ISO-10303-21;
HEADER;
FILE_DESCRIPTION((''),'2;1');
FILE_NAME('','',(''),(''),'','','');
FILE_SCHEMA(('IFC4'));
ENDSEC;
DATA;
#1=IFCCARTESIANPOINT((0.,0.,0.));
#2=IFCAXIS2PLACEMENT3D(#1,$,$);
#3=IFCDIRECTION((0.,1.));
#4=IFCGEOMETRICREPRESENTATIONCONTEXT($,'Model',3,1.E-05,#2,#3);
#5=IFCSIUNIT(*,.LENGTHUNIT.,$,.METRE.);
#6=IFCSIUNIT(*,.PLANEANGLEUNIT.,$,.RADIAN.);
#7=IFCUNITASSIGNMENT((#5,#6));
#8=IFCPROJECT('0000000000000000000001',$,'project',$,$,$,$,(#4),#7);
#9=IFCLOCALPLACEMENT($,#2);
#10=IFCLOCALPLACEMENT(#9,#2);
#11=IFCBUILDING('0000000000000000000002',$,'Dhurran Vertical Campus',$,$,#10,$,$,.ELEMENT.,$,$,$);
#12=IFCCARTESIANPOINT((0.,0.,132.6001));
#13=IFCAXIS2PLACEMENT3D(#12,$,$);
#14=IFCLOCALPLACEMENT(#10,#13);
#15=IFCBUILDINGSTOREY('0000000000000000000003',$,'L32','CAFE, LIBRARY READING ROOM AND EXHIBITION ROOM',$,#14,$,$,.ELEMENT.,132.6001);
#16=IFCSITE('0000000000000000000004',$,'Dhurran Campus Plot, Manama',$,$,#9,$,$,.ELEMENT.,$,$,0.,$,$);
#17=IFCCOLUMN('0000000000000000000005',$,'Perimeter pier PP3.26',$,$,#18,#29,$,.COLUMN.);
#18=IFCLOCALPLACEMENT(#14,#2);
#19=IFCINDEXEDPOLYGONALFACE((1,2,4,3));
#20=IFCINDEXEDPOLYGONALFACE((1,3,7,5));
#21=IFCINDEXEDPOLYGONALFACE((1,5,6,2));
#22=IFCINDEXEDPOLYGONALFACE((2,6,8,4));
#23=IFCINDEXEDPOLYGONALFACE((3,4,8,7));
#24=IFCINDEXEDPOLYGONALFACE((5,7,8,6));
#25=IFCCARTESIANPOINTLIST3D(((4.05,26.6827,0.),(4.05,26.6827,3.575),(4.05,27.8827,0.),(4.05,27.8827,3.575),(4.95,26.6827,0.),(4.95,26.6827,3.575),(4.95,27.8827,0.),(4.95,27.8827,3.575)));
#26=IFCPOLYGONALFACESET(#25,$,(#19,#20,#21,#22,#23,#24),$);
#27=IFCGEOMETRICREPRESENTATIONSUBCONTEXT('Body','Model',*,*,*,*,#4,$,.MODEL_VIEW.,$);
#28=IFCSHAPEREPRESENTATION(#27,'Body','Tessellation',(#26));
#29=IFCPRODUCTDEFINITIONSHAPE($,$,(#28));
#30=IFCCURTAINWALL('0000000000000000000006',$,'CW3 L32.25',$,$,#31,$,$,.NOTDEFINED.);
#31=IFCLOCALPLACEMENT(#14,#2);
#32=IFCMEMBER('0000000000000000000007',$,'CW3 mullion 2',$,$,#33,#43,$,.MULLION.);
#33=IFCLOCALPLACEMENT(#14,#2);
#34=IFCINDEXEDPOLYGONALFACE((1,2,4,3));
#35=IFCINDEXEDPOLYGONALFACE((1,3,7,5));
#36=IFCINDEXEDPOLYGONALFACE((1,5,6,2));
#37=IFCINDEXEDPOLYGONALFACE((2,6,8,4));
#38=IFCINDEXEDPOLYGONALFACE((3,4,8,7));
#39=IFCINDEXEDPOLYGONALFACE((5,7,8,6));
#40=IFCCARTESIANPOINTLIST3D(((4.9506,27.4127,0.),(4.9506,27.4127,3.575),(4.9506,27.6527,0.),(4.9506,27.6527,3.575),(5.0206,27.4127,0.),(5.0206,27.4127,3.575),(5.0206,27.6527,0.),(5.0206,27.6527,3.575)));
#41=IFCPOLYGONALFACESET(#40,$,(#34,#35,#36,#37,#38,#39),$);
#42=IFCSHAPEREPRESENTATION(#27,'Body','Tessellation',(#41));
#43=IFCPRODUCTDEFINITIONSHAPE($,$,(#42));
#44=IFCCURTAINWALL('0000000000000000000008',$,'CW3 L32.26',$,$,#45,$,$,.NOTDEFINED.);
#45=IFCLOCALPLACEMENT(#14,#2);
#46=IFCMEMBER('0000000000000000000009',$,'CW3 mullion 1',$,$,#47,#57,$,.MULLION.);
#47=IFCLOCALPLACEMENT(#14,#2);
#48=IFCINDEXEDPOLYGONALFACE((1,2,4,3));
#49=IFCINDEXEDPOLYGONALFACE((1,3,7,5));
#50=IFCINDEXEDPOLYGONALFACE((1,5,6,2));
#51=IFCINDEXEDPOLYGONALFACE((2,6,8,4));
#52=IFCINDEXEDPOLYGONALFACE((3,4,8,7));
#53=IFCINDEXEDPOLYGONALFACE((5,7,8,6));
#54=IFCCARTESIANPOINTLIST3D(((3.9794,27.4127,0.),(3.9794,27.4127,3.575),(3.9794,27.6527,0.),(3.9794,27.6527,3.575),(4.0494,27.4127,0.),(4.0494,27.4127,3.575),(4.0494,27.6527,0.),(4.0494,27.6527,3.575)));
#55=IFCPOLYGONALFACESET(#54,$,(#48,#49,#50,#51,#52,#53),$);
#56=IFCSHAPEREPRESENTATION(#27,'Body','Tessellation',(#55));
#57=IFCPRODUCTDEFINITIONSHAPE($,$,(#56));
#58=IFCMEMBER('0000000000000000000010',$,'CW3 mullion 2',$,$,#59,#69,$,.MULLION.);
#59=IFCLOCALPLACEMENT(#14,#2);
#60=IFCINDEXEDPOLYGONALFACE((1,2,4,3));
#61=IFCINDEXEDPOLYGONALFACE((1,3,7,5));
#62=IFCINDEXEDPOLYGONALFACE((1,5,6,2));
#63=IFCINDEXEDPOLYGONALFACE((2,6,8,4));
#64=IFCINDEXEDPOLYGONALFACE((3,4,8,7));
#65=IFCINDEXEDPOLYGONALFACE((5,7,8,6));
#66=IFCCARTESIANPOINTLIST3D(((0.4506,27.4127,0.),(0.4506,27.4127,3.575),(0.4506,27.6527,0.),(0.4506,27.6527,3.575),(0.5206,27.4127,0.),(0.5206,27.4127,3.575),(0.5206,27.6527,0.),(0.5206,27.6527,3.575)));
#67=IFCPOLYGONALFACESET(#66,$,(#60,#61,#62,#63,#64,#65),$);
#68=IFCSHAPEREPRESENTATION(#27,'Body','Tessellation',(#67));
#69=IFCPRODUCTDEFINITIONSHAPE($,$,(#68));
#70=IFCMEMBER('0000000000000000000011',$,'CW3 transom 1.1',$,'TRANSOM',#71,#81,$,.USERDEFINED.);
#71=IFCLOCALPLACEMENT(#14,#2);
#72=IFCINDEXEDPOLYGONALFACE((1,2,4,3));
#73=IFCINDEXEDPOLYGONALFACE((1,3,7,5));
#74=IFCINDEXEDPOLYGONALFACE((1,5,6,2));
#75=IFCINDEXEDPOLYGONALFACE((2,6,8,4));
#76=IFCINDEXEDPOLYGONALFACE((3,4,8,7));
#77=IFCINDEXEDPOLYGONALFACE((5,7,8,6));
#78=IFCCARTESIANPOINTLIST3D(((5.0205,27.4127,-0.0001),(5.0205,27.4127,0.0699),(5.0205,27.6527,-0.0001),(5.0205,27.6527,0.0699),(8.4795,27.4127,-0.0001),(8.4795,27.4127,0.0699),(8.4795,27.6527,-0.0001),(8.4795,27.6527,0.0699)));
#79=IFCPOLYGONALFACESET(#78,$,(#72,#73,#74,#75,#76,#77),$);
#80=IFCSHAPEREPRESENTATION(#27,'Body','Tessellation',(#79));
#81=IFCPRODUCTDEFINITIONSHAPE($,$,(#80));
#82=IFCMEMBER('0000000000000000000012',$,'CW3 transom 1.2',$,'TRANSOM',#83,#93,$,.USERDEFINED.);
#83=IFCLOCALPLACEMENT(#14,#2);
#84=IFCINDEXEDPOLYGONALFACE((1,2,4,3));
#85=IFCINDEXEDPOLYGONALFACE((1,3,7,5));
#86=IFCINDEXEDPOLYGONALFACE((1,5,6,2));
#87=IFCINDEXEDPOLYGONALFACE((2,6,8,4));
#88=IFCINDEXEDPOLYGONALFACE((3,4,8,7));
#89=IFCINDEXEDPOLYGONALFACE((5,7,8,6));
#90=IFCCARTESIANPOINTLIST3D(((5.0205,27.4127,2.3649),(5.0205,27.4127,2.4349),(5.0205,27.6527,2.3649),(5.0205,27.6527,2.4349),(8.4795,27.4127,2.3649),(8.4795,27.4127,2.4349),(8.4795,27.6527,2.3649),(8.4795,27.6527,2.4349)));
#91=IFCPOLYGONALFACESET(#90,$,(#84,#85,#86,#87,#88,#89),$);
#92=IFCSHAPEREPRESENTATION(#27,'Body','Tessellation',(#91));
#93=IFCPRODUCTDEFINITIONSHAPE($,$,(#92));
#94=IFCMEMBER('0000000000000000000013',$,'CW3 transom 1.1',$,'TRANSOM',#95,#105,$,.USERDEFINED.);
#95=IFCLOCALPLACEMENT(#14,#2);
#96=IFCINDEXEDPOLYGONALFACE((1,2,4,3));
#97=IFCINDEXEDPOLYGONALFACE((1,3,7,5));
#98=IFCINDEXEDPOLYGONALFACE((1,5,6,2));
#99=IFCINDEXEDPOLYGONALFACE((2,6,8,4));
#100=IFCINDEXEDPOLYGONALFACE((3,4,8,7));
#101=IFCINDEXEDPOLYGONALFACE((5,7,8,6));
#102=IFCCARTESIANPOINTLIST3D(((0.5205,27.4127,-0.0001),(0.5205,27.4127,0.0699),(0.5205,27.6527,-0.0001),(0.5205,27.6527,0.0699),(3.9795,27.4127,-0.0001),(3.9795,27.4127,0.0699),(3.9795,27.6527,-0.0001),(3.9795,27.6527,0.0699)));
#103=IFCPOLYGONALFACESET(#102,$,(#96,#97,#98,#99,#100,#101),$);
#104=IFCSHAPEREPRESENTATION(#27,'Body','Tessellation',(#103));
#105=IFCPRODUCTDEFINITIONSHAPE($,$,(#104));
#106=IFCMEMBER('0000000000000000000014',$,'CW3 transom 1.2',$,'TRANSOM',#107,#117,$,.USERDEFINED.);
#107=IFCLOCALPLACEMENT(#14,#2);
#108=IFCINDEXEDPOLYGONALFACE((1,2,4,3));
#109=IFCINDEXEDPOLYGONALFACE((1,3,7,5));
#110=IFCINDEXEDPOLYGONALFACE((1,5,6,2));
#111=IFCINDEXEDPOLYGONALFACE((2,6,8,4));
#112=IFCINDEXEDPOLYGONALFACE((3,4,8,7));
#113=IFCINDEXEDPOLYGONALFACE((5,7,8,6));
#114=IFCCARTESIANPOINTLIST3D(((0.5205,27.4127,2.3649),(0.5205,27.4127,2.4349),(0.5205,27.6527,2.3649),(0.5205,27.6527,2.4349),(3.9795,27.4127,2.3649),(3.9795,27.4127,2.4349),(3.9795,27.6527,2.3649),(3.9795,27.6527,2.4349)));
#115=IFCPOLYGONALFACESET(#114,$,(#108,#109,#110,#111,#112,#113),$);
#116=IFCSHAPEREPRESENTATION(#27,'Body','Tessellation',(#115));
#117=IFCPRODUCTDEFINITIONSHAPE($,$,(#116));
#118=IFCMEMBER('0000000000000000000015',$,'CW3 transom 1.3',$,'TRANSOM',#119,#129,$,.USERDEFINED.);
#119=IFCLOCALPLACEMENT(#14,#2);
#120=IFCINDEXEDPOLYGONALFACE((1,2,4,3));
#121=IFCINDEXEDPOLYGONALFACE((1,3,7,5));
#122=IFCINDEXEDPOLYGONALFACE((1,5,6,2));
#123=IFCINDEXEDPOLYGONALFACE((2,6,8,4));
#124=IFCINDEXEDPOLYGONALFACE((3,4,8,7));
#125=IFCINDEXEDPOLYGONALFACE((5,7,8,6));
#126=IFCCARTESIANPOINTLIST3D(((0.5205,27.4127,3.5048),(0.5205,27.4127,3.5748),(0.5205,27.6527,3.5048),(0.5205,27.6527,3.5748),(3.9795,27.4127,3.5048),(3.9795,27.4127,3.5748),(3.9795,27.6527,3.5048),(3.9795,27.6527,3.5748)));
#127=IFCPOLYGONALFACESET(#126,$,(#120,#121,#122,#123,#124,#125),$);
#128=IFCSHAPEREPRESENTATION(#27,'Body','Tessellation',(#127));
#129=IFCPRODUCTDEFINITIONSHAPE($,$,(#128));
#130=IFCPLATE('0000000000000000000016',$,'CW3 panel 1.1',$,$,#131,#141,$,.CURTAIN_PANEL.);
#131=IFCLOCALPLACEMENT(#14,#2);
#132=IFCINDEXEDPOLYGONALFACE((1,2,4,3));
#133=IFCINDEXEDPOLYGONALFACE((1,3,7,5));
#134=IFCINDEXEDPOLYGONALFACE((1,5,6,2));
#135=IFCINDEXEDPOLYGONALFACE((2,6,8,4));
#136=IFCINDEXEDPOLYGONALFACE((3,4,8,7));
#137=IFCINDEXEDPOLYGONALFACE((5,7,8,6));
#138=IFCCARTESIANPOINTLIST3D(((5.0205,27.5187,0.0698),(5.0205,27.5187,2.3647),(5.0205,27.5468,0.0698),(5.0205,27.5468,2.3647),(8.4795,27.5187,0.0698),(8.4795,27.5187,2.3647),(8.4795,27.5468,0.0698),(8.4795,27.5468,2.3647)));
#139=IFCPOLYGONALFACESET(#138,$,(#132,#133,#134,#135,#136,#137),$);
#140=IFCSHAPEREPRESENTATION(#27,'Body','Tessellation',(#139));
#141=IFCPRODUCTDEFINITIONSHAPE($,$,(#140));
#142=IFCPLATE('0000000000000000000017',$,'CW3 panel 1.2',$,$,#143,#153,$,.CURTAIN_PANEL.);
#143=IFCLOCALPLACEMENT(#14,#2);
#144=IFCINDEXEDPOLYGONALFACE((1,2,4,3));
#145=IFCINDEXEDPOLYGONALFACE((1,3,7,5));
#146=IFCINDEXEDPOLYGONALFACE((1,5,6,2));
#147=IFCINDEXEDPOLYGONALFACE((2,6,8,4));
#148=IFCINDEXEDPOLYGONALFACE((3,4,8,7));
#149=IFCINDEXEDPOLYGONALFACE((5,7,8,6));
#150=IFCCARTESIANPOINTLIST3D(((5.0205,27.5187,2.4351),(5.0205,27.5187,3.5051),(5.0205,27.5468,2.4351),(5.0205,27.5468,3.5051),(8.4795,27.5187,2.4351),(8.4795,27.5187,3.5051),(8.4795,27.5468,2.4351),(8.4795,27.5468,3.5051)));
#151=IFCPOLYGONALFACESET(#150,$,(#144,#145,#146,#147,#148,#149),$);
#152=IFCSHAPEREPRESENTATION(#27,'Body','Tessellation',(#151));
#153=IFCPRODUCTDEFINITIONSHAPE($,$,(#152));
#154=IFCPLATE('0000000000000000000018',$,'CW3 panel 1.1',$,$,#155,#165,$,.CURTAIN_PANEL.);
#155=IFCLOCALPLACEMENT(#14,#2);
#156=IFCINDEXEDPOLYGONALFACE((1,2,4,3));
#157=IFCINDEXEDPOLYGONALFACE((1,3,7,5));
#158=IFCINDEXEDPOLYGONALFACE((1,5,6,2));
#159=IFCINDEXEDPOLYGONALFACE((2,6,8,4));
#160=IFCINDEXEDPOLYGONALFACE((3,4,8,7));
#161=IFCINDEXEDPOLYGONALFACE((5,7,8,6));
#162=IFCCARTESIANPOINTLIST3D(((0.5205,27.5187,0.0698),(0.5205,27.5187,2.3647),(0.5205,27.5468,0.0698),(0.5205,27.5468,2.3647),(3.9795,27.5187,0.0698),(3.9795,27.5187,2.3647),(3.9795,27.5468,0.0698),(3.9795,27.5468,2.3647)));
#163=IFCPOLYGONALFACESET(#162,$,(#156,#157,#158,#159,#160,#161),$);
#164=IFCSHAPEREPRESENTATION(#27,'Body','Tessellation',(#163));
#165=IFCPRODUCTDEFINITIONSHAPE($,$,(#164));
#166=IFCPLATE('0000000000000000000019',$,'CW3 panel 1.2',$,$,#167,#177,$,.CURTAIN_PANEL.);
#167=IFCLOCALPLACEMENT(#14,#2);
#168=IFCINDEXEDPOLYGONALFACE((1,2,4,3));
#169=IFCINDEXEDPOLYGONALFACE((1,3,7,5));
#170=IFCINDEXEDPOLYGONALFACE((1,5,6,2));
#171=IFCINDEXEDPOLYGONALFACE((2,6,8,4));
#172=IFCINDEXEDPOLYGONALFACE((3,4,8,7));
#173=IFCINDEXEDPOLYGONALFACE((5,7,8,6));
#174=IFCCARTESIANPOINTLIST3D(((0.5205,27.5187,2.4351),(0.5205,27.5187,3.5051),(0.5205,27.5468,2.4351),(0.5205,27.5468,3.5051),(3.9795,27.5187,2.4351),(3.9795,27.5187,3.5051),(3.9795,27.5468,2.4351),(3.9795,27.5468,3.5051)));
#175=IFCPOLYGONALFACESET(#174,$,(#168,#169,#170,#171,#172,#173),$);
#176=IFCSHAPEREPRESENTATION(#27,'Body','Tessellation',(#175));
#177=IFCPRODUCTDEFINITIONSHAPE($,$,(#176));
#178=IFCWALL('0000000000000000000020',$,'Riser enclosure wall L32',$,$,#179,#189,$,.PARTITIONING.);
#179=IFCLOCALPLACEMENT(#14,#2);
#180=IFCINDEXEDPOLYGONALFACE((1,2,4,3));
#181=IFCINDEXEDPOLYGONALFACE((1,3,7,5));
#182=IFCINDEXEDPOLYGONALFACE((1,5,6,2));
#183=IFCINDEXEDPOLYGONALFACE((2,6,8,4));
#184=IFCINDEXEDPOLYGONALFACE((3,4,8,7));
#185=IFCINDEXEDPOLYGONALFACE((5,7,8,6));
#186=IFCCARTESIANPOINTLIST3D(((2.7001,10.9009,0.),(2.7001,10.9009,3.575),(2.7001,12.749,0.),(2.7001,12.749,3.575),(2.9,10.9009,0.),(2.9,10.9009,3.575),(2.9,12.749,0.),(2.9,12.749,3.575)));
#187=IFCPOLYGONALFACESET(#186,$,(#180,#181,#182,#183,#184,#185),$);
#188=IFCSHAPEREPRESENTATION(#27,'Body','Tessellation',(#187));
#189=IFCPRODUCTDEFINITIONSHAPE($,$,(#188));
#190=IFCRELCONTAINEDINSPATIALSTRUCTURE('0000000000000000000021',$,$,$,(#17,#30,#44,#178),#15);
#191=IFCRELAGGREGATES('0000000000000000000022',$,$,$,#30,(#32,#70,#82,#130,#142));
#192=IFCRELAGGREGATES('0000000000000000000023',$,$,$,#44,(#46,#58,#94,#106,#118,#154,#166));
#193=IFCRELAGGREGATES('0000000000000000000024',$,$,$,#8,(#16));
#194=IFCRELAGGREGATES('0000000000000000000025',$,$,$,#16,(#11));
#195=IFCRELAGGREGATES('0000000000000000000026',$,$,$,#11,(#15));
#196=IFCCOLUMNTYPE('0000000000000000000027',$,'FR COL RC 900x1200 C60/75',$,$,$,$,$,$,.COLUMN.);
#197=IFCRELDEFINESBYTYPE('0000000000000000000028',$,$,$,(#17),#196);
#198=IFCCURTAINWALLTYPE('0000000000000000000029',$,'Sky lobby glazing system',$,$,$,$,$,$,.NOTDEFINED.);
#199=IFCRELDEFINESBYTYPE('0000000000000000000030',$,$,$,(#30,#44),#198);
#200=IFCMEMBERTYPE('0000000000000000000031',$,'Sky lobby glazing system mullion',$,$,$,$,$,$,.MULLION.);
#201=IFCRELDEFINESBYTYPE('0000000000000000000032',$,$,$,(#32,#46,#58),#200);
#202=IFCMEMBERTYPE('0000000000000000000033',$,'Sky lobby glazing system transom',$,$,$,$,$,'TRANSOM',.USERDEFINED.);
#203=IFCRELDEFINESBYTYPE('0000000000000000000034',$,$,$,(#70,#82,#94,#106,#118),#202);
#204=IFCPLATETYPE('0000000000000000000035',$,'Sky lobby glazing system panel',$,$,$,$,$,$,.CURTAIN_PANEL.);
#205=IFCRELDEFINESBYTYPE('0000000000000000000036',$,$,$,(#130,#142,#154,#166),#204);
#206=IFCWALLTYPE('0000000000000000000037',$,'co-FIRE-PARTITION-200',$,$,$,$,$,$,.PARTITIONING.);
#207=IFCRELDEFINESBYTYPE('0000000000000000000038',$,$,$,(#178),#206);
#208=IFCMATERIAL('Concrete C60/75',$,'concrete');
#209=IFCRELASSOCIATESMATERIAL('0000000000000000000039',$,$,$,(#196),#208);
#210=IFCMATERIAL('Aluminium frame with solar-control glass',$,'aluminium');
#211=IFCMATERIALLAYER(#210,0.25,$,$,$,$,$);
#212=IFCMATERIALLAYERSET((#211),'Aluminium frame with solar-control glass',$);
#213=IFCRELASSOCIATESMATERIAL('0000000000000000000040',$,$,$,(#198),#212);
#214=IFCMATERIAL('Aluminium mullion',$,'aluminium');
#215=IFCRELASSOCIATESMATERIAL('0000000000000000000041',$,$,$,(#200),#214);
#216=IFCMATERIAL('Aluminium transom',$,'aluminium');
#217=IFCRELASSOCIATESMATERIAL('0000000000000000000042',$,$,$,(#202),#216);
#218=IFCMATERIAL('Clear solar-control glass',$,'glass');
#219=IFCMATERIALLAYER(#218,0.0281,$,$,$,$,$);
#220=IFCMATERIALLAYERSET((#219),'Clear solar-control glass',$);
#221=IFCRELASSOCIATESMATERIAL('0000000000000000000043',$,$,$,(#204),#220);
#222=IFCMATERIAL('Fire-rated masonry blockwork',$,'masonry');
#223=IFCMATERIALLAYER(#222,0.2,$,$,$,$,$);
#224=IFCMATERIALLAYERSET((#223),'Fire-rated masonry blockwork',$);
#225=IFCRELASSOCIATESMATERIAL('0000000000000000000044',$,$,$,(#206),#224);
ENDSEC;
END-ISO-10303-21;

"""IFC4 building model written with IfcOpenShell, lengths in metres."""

from ifc_helpers import new_model, si_unit, direction, frame, frame_2d, origin, origin_2d, place, context, subcontext, project, spatial, rectangle, extrude, material, layer, layer_set, material_profile, profile_set, type_object, element, aggregate, save


model = new_model("IFC4")

# Units and contexts
model_context = context("Model", 3, precision=1e-05, world=origin(), true_north=direction((0.0, 1.0)))
body_context = subcontext(model_context, "Body", "Model", "MODEL_VIEW")
ifc_project = project(units=[si_unit("LENGTHUNIT", "METRE"), si_unit("PLANEANGLEUNIT", "RADIAN")], contexts=[model_context])

# Site, building, storey
site_placement = place(None, origin())
site = spatial("IfcSite", under=ifc_project, at=site_placement, Name="Dhurran Campus Plot, Manama", CompositionType="ELEMENT", RefElevation=0.0)
building_placement = place(site_placement, origin())
building = spatial("IfcBuilding", under=site, at=building_placement, Name="Dhurran Vertical Campus", CompositionType="ELEMENT")
storey_placement = place(building_placement, frame((0.0, 0.0, 132.6001)))
storey = spatial("IfcBuildingStorey", under=building, at=storey_placement, Name="L32", Description="CAFE, LIBRARY READING ROOM AND EXHIBITION ROOM", CompositionType="ELEMENT", Elevation=132.6001)

# Column
ifc_material_1 = material(Name="Concrete C60/75", Category="concrete")
ifc_material_profile_1 = material_profile(ifc_material_1, rectangle(XDim=0.8999, YDim=1.2, at=origin_2d()), Name="RC 900x1200")
ifc_profile_set_1 = profile_set([ifc_material_profile_1], Name="Concrete C60/75")
column_type = type_object("IfcColumnType", Name="FR COL RC 900x1200 C60/75", PredefinedType="COLUMN", material=ifc_profile_set_1)
column_placement = place(storey_placement, frame((4.5, 27.2827, 0.0), z_axis=(0.0, 0.0, 1.0), x_axis=(-1.0, 0.0, 0.0)))
element("IfcColumn", 1, at=column_placement, inside=storey, type_object=column_type, Name="Perimeter pier PP3.26", PredefinedType="COLUMN", context=body_context, shape_type="SweptSolid", body=[
    extrude(rectangle(XDim=0.8999, YDim=1.2, at=origin_2d()), origin(), (0.0, 0.0, 1.0), 3.575),
])

# Curtain wall, member
ifc_material_2 = material(Name="Aluminium frame with solar-control glass", Category="aluminium")
ifc_layer_1 = layer(ifc_material_2, 0.25)
ifc_layer_set_1 = layer_set([ifc_layer_1], Name="Aluminium frame with solar-control glass")
curtain_wall_type = type_object("IfcCurtainWallType", Name="Sky lobby glazing system", PredefinedType="NOTDEFINED", material=ifc_layer_set_1)
curtain_wall_1_placement = place(storey_placement, origin())
curtain_wall_1 = element("IfcCurtainWall", 2, at=curtain_wall_1_placement, inside=storey, type_object=curtain_wall_type, Name="CW3 L32.25", PredefinedType="NOTDEFINED")
ifc_material_3 = material(Name="Aluminium mullion", Category="aluminium")
ifc_material_profile_2 = material_profile(ifc_material_3, rectangle(XDim=0.24, YDim=0.0701, at=origin_2d()), Name="Sky lobby glazing system mullion")
ifc_profile_set_2 = profile_set([ifc_material_profile_2], Name="Aluminium mullion")
member_type_1 = type_object("IfcMemberType", Name="Sky lobby glazing system mullion", PredefinedType="MULLION", material=ifc_profile_set_2)
member_1_placement = place(storey_placement, frame((4.9856, 27.5327, 0.0), z_axis=(0.0, 0.0, 1.0), x_axis=(0.0, -1.0, 0.0)))
member_1 = element("IfcMember", 3, at=member_1_placement, type_object=member_type_1, Name="CW3 mullion 2", PredefinedType="MULLION", context=body_context, shape_type="SweptSolid", body=[
    extrude(rectangle(XDim=0.24, YDim=0.0701, at=origin_2d()), origin(), (0.0, 0.0, 1.0), 3.575),
])

# Curtain wall, members
curtain_wall_2_placement = place(storey_placement, origin())
curtain_wall_2 = element("IfcCurtainWall", 4, at=curtain_wall_2_placement, inside=storey, type_object=curtain_wall_type, Name="CW3 L32.26", PredefinedType="NOTDEFINED")
member_2_placement = place(storey_placement, frame((4.0144, 27.5327, 0.0), z_axis=(0.0, 0.0, 1.0), x_axis=(0.0, -1.0, 0.0)))
member_2 = element("IfcMember", 5, at=member_2_placement, type_object=member_type_1, Name="CW3 mullion 1", PredefinedType="MULLION", context=body_context, shape_type="SweptSolid", body=[
    extrude(rectangle(XDim=0.24, YDim=0.0701, at=origin_2d()), origin(), (0.0, 0.0, 1.0), 3.575),
])
member_3_placement = place(storey_placement, frame((0.4856, 27.5327, 0.0), z_axis=(0.0, 0.0, 1.0), x_axis=(0.0, -1.0, 0.0)))
member_3 = element("IfcMember", 6, at=member_3_placement, type_object=member_type_1, Name="CW3 mullion 2", PredefinedType="MULLION", context=body_context, shape_type="SweptSolid", body=[
    extrude(rectangle(XDim=0.24, YDim=0.0701, at=origin_2d()), origin(), (0.0, 0.0, 1.0), 3.575),
])

# Members
ifc_material_4 = material(Name="Aluminium transom", Category="aluminium")
ifc_material_profile_3 = material_profile(ifc_material_4, rectangle(XDim=0.24, YDim=0.0701, at=origin_2d()), Name="Sky lobby glazing system transom")
ifc_profile_set_3 = profile_set([ifc_material_profile_3], Name="Aluminium transom")
member_type_2 = type_object("IfcMemberType", Name="Sky lobby glazing system transom", ElementType="TRANSOM", PredefinedType="USERDEFINED", material=ifc_profile_set_3)
member_4_placement = place(storey_placement, frame((8.4795, 27.5327, 0.0349), z_axis=(-1.0, 0.0, 0.0), x_axis=(0.0, -1.0, 0.0)))
member_4 = element("IfcMember", 7, at=member_4_placement, type_object=member_type_2, Name="CW3 transom 1.1", ObjectType="TRANSOM", PredefinedType="USERDEFINED", context=body_context, shape_type="SweptSolid", body=[
    extrude(rectangle(XDim=0.24, YDim=0.0701, at=origin_2d()), origin(), (0.0, 0.0, 1.0), 3.459),
])
member_5_placement = place(storey_placement, frame((8.4795, 27.5327, 2.3999), z_axis=(-1.0, 0.0, 0.0), x_axis=(0.0, -1.0, 0.0)))
member_5 = element("IfcMember", 8, at=member_5_placement, type_object=member_type_2, Name="CW3 transom 1.2", ObjectType="TRANSOM", PredefinedType="USERDEFINED", context=body_context, shape_type="SweptSolid", body=[
    extrude(rectangle(XDim=0.24, YDim=0.0701, at=origin_2d()), origin(), (0.0, 0.0, 1.0), 3.459),
])
member_6_placement = place(storey_placement, frame((3.9795, 27.5327, 0.0349), z_axis=(-1.0, 0.0, 0.0), x_axis=(0.0, -1.0, 0.0)))
member_6 = element("IfcMember", 9, at=member_6_placement, type_object=member_type_2, Name="CW3 transom 1.1", ObjectType="TRANSOM", PredefinedType="USERDEFINED", context=body_context, shape_type="SweptSolid", body=[
    extrude(rectangle(XDim=0.24, YDim=0.0701, at=origin_2d()), origin(), (0.0, 0.0, 1.0), 3.459),
])
member_7_placement = place(storey_placement, frame((3.9795, 27.5327, 2.3999), z_axis=(-1.0, 0.0, 0.0), x_axis=(0.0, -1.0, 0.0)))
member_7 = element("IfcMember", 10, at=member_7_placement, type_object=member_type_2, Name="CW3 transom 1.2", ObjectType="TRANSOM", PredefinedType="USERDEFINED", context=body_context, shape_type="SweptSolid", body=[
    extrude(rectangle(XDim=0.24, YDim=0.0701, at=origin_2d()), origin(), (0.0, 0.0, 1.0), 3.459),
])
member_8_placement = place(storey_placement, frame((3.9795, 27.5327, 3.5398), z_axis=(-1.0, 0.0, 0.0), x_axis=(0.0, -1.0, 0.0)))
member_8 = element("IfcMember", 11, at=member_8_placement, type_object=member_type_2, Name="CW3 transom 1.3", ObjectType="TRANSOM", PredefinedType="USERDEFINED", context=body_context, shape_type="SweptSolid", body=[
    extrude(rectangle(XDim=0.24, YDim=0.0701, at=origin_2d()), origin(), (0.0, 0.0, 1.0), 3.459),
])

# Plates
ifc_material_5 = material(Name="Clear solar-control glass", Category="glass")
ifc_layer_2 = layer(ifc_material_5, 0.0281)
ifc_layer_set_2 = layer_set([ifc_layer_2], Name="Clear solar-control glass")
plate_type = type_object("IfcPlateType", Name="Sky lobby glazing system panel", PredefinedType="CURTAIN_PANEL", material=ifc_layer_set_2)
plate_1_placement = place(storey_placement, frame((6.75, 27.5327, 0.0698), z_axis=(0.0, 0.0, 1.0), x_axis=(-1.0, 0.0, 0.0)))
plate_1 = element("IfcPlate", 12, at=plate_1_placement, type_object=plate_type, Name="CW3 panel 1.1", PredefinedType="CURTAIN_PANEL", context=body_context, shape_type="SweptSolid", body=[
    extrude(rectangle(XDim=3.459, YDim=0.0281, at=origin_2d()), origin(), (0.0, 0.0, 1.0), 2.2949),
])
plate_2_placement = place(storey_placement, frame((6.75, 27.5327, 2.4351), z_axis=(0.0, 0.0, 1.0), x_axis=(-1.0, 0.0, 0.0)))
plate_2 = element("IfcPlate", 13, at=plate_2_placement, type_object=plate_type, Name="CW3 panel 1.2", PredefinedType="CURTAIN_PANEL", context=body_context, shape_type="SweptSolid", body=[
    extrude(rectangle(XDim=3.459, YDim=0.0281, at=origin_2d()), origin(), (0.0, 0.0, 1.0), 1.0701),
])
aggregate(curtain_wall_1, [member_1, member_4, member_5, plate_1, plate_2])
plate_3_placement = place(storey_placement, frame((2.25, 27.5327, 0.0698), z_axis=(0.0, 0.0, 1.0), x_axis=(-1.0, 0.0, 0.0)))
plate_3 = element("IfcPlate", 14, at=plate_3_placement, type_object=plate_type, Name="CW3 panel 1.1", PredefinedType="CURTAIN_PANEL", context=body_context, shape_type="SweptSolid", body=[
    extrude(rectangle(XDim=3.459, YDim=0.0281, at=origin_2d()), origin(), (0.0, 0.0, 1.0), 2.2949),
])
plate_4_placement = place(storey_placement, frame((2.25, 27.5327, 2.4351), z_axis=(0.0, 0.0, 1.0), x_axis=(-1.0, 0.0, 0.0)))
plate_4 = element("IfcPlate", 15, at=plate_4_placement, type_object=plate_type, Name="CW3 panel 1.2", PredefinedType="CURTAIN_PANEL", context=body_context, shape_type="SweptSolid", body=[
    extrude(rectangle(XDim=3.459, YDim=0.0281, at=origin_2d()), origin(), (0.0, 0.0, 1.0), 1.0701),
])
aggregate(curtain_wall_2, [member_2, member_3, member_6, member_7, member_8, plate_3, plate_4])

# Wall
ifc_material_6 = material(Name="Fire-rated masonry blockwork", Category="masonry")
ifc_layer_3 = layer(ifc_material_6, 0.2)
ifc_layer_set_3 = layer_set([ifc_layer_3], Name="Fire-rated masonry blockwork")
wall_type_1 = type_object("IfcWallType", Name="co-FIRE-PARTITION-200", PredefinedType="PARTITIONING", material=ifc_layer_set_3)
wall_1_placement = place(storey_placement, frame((2.8, 12.749, 0.0), z_axis=(0.0, 0.0, 1.0), x_axis=(0.0, -1.0, 0.0)))
element("IfcWall", 16, at=wall_1_placement, inside=storey, type_object=wall_type_1, Name="Riser enclosure wall L32", PredefinedType="PARTITIONING", context=body_context, shape_type="SweptSolid", body=[
    extrude(rectangle(XDim=1.8481, YDim=0.2, at=frame_2d((0.9241, 0.0))), origin(), (0.0, 0.0, 1.0), 3.575),
])

save(model, "model.ifc")
